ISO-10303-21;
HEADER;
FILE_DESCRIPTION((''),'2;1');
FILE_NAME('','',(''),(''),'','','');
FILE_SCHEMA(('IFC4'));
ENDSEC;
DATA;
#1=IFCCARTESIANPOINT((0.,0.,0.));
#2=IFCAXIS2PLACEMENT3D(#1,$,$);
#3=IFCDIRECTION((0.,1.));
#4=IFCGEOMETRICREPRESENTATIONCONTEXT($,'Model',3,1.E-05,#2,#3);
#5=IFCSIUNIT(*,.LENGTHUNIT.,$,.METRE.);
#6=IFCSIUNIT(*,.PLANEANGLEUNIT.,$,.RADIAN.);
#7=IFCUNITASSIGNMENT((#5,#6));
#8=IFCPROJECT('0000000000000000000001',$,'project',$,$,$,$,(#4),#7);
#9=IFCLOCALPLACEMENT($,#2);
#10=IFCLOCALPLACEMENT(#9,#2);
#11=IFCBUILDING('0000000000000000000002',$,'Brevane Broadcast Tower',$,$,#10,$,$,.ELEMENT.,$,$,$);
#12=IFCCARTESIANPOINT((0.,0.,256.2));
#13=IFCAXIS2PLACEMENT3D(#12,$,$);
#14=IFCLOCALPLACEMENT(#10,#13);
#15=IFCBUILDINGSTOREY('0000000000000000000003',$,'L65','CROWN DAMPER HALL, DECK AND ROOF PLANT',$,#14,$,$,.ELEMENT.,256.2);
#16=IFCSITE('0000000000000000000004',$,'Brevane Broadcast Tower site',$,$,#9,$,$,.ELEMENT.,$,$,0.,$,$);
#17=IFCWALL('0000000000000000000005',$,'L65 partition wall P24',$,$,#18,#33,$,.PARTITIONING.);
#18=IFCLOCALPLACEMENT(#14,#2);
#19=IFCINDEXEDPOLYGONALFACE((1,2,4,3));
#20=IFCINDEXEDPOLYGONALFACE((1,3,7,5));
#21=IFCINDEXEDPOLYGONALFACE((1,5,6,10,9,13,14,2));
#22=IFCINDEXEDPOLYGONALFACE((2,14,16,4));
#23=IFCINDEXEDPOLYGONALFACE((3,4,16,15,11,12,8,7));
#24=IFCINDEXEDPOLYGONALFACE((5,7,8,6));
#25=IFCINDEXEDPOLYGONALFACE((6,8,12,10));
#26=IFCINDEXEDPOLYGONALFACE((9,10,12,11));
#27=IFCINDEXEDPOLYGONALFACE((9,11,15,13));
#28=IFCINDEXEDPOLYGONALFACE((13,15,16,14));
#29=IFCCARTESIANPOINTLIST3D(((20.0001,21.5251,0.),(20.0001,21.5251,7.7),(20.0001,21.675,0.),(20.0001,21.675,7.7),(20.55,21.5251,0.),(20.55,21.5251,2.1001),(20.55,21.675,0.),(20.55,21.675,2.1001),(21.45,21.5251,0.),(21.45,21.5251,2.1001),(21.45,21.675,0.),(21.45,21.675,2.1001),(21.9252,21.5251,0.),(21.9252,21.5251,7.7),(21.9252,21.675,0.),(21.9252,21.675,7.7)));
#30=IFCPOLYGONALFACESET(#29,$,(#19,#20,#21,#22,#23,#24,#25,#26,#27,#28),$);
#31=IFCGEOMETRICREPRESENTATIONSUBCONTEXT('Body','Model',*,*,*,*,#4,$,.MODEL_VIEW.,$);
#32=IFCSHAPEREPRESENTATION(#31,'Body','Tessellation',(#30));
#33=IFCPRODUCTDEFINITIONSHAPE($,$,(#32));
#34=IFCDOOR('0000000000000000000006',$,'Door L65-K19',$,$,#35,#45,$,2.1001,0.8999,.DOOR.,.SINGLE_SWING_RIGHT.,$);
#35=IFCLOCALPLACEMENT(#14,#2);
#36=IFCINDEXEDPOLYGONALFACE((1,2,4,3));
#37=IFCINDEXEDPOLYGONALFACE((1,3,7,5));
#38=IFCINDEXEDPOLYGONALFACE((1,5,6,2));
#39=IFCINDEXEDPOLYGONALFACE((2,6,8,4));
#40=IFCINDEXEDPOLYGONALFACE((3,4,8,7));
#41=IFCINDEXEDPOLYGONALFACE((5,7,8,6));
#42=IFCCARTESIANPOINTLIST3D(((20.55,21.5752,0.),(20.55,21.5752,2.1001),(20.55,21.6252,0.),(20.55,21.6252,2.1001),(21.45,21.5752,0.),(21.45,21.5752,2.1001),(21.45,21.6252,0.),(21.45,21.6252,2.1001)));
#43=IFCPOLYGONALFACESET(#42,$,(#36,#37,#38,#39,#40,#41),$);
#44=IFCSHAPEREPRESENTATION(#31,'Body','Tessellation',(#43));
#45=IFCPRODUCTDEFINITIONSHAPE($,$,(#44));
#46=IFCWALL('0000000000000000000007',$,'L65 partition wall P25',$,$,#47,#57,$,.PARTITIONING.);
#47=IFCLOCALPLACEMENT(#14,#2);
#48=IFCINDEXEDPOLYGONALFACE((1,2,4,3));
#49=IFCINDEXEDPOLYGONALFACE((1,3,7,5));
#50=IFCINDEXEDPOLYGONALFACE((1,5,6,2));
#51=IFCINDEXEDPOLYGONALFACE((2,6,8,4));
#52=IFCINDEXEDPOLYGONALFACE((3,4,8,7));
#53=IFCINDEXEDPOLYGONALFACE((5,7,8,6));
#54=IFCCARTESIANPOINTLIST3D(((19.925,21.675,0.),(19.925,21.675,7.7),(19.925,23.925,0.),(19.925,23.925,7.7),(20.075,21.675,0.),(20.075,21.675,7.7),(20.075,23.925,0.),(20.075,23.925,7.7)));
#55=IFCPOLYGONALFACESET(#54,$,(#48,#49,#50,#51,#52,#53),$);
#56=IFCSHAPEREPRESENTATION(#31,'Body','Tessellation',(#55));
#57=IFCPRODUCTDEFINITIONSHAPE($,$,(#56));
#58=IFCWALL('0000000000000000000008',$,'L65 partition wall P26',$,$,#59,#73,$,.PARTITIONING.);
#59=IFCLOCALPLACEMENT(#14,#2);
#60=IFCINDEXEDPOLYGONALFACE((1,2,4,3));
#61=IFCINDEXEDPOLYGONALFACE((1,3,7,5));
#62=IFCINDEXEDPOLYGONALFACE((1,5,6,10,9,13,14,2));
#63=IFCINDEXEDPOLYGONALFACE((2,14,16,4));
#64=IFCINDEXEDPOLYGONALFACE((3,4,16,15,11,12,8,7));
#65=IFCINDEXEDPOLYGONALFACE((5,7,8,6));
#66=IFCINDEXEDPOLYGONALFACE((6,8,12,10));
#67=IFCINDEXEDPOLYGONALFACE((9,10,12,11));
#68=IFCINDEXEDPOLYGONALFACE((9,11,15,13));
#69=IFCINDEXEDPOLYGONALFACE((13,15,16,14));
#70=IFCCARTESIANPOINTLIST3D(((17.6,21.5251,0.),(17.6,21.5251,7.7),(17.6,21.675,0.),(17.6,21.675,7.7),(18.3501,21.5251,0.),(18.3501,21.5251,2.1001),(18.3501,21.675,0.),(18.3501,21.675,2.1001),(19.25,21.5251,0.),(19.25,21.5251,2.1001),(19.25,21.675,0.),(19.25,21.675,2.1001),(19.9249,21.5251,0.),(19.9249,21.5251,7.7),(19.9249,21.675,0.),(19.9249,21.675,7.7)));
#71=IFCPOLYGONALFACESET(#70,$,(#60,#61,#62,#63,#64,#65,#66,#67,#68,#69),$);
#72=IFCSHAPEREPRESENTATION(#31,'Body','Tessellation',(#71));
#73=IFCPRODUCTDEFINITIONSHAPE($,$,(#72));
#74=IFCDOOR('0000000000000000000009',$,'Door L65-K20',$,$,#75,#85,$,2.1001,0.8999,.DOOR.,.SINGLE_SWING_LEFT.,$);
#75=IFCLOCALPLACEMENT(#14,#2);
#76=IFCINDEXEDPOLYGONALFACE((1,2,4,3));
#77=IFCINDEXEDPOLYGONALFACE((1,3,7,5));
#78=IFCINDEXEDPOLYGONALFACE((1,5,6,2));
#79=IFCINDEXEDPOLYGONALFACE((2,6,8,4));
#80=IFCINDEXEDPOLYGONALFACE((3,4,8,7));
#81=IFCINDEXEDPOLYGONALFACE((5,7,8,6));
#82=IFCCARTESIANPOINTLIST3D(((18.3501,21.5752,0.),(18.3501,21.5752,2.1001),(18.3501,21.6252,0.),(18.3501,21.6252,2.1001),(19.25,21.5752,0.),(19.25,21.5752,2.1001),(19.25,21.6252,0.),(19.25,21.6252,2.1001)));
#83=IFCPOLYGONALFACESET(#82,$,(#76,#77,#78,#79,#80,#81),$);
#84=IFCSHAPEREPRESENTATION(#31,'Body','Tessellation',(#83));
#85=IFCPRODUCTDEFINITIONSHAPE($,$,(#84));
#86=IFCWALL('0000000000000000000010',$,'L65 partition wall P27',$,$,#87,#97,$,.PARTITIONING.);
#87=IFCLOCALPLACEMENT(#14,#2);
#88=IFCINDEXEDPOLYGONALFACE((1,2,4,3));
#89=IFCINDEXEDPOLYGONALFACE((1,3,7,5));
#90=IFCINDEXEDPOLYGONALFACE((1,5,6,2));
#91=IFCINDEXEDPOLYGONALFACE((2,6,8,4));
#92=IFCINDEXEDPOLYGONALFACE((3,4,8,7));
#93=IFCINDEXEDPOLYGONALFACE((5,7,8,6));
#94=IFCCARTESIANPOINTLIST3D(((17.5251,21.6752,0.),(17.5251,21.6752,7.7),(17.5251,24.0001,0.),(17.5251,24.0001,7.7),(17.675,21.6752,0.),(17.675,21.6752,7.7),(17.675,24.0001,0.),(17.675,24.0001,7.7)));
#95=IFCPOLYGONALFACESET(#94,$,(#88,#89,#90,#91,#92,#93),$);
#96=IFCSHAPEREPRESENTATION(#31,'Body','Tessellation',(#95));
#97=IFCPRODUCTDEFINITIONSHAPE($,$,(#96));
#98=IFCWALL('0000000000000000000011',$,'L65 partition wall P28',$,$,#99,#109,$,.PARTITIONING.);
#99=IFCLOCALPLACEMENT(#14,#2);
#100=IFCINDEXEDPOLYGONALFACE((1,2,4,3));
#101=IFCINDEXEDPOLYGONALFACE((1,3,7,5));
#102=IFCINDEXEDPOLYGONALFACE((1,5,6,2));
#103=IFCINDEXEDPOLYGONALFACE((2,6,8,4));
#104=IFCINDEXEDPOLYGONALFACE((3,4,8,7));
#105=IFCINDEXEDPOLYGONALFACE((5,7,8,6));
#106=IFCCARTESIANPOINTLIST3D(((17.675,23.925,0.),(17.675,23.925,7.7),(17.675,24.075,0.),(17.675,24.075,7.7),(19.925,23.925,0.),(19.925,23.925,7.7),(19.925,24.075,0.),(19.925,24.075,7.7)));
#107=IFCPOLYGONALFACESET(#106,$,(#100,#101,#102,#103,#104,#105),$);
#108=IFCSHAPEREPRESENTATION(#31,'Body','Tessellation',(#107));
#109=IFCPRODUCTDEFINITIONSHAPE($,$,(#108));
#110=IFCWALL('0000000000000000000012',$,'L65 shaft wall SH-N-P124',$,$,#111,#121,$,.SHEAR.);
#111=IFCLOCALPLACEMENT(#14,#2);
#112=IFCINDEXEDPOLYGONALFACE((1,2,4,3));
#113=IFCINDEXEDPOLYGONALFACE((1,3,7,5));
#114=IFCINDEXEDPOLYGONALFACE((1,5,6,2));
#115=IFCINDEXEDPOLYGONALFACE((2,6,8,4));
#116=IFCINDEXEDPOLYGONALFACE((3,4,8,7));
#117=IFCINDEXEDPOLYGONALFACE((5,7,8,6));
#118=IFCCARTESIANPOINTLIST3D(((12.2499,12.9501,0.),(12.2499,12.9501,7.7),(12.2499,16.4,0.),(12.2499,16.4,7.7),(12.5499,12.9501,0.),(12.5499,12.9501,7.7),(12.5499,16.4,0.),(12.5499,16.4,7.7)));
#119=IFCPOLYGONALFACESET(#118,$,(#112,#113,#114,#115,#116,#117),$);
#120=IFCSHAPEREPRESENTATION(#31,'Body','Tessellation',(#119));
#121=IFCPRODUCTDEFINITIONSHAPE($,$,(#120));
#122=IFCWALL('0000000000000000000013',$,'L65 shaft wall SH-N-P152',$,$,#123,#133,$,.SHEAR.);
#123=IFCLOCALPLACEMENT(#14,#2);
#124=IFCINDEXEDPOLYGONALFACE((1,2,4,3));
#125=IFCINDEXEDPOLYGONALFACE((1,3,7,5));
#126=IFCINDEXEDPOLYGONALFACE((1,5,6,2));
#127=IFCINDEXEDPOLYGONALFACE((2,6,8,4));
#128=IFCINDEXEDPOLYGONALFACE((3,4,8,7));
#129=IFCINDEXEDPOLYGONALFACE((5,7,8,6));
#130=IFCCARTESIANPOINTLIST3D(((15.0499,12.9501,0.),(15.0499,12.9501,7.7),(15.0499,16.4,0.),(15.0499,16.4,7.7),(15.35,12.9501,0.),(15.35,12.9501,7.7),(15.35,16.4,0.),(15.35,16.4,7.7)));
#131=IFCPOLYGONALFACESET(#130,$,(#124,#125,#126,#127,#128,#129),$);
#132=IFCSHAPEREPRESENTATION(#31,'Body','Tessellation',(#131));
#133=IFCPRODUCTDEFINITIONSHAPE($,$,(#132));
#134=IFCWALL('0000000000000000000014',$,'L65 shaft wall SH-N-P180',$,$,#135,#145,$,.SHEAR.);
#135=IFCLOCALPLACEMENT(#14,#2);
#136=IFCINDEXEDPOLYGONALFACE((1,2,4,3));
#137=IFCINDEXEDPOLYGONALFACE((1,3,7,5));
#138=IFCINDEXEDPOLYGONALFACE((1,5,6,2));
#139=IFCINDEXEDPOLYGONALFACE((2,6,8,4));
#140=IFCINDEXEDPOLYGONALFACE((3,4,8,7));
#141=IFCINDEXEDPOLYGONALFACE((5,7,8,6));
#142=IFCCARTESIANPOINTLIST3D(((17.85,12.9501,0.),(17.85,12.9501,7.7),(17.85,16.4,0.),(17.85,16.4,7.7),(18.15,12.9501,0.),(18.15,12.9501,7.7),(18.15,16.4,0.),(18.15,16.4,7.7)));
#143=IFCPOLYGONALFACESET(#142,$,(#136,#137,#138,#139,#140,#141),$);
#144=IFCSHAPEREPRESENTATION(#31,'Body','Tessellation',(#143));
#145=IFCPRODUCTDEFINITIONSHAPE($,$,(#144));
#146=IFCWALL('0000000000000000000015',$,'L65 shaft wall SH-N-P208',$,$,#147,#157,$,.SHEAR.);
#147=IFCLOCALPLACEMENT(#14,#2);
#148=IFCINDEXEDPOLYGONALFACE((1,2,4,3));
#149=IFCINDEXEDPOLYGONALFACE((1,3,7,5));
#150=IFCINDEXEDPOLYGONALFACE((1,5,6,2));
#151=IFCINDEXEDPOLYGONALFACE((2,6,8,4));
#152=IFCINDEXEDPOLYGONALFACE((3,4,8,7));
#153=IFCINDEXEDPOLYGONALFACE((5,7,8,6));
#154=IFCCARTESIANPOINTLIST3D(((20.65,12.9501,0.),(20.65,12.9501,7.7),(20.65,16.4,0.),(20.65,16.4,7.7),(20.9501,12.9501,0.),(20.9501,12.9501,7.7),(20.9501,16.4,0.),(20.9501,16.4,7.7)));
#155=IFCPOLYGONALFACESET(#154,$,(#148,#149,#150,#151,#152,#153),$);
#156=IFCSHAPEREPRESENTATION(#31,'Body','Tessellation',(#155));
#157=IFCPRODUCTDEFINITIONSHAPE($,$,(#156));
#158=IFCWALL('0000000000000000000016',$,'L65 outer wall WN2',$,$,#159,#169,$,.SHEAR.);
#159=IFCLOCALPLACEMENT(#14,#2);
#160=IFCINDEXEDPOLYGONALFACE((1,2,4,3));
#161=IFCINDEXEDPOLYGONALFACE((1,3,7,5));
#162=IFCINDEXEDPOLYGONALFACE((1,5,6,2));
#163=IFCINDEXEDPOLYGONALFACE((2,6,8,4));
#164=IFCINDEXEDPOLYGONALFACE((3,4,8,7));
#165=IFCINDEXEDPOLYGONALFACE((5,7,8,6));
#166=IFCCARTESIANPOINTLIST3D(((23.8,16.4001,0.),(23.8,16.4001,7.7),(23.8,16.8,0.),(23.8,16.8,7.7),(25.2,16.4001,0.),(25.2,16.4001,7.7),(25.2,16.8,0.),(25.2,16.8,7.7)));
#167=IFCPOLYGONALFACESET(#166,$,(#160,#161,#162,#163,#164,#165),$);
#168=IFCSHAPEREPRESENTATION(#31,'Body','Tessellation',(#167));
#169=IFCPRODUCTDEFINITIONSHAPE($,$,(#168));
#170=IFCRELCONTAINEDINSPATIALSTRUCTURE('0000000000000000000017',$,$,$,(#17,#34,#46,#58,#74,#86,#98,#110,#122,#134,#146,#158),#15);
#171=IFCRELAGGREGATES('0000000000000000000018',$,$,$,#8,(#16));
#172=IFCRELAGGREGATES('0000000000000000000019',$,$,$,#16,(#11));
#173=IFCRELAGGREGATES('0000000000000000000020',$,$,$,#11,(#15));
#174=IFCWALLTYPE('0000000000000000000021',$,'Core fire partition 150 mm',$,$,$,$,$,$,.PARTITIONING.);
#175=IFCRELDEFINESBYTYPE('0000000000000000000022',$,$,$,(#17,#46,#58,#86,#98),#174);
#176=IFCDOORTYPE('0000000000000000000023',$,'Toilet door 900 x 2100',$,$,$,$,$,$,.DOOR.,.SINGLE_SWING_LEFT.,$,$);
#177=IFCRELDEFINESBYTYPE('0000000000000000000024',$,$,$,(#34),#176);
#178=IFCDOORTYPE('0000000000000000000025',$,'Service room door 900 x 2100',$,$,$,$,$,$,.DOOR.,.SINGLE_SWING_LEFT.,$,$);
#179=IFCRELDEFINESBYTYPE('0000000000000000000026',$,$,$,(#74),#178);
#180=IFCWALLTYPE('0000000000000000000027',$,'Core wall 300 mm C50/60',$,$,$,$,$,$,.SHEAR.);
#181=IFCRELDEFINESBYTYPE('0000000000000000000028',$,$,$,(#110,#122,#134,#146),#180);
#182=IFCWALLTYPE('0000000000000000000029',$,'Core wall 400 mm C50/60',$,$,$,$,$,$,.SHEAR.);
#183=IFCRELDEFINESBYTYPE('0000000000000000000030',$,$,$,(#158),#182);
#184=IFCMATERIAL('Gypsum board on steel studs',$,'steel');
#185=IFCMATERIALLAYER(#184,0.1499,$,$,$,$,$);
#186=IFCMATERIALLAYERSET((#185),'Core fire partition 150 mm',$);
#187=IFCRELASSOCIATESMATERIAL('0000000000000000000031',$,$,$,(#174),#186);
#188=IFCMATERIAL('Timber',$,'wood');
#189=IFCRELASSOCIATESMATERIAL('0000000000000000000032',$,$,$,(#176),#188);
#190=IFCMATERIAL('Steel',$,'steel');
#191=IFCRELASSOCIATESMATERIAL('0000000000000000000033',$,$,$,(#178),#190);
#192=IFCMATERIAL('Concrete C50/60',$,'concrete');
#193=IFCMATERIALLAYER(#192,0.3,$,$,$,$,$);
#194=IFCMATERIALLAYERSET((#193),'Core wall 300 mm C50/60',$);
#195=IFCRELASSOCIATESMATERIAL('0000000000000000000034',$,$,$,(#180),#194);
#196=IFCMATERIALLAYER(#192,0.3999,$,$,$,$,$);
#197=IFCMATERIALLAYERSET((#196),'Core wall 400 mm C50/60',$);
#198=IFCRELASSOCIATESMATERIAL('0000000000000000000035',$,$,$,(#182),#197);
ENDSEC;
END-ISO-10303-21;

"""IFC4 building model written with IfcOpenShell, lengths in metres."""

from ifc_helpers import new_model, si_unit, direction, frame, frame_2d, origin, place, context, subcontext, project, spatial, rectangle, extrude, material, layer, layer_set, type_object, element, fill, save


model = new_model("IFC4")

# Units and contexts
model_context = context("Model", 3, precision=1e-05, world=origin(), true_north=direction((0.0, 1.0)))
body_context = subcontext(model_context, "Body", "Model", "MODEL_VIEW")
ifc_project = project(units=[si_unit("LENGTHUNIT", "METRE"), si_unit("PLANEANGLEUNIT", "RADIAN")], contexts=[model_context])

# Site, building, storey
site_placement = place(None, origin())
site = spatial("IfcSite", under=ifc_project, at=site_placement, Name="Brevane Broadcast Tower site", CompositionType="ELEMENT", RefElevation=0.0)
building_placement = place(site_placement, origin())
building = spatial("IfcBuilding", under=site, at=building_placement, Name="Brevane Broadcast Tower", CompositionType="ELEMENT")
storey_placement = place(building_placement, frame((0.0, 0.0, 256.2)))
storey = spatial("IfcBuildingStorey", under=building, at=storey_placement, Name="L65", Description="CROWN DAMPER HALL, DECK AND ROOF PLANT", CompositionType="ELEMENT", Elevation=256.2)

# Shared definitions
ifc_material_1 = material(Name="Gypsum board on steel studs", Category="steel")
ifc_layer_1 = layer(ifc_material_1, 0.1499)
ifc_layer_set_1 = layer_set([ifc_layer_1], Name="Core fire partition 150 mm")
wall_type_1 = type_object("IfcWallType", Name="Core fire partition 150 mm", PredefinedType="PARTITIONING", material=ifc_layer_set_1)

# Wall, opening, door
wall_1_placement = place(storey_placement, frame((21.925, 21.6001, 0.0), z_axis=(0.0, 0.0, 1.0), x_axis=(-1.0, 0.0, 0.0)))
wall_1 = element("IfcWall", 1, at=wall_1_placement, inside=storey, type_object=wall_type_1, Name="L65 partition wall P24", PredefinedType="PARTITIONING", context=body_context, shape_type="SweptSolid", body=[
    extrude(rectangle(XDim=1.925, YDim=0.1499, at=frame_2d((0.9624, 0.0))), origin(), (0.0, 0.0, 1.0), 7.7),
])
opening_1_placement = place(wall_1_placement, frame((0.4751, 0.0, 0.0)))
opening_1 = element("IfcOpeningElement", 2, at=opening_1_placement, cuts=wall_1, PredefinedType="OPENING", context=body_context, shape_type="SweptSolid", body=[
    extrude(rectangle(XDim=0.8999, YDim=2.1001, at=frame_2d((0.45, 1.05))), frame((0.0, 0.085, 0.0), z_axis=(0.0, -1.0, 0.0), x_axis=(1.0, 0.0, 0.0)), (0.0, 0.0, 1.0), 0.1699),
])
ifc_material_2 = material(Name="Timber", Category="wood")
door_type_1 = type_object("IfcDoorType", Name="Toilet door 900 x 2100", OperationType="SINGLE_SWING_LEFT", PredefinedType="DOOR", material=ifc_material_2)
door_1_placement = place(opening_1_placement, origin())
door_1 = element("IfcDoor", 3, at=door_1_placement, inside=storey, type_object=door_type_1, Name="Door L65-K19", OperationType="SINGLE_SWING_RIGHT", OverallHeight=2.1001, OverallWidth=0.8999, PredefinedType="DOOR", context=body_context, shape_type="SweptSolid", body=[
    extrude(rectangle(XDim=0.8999, YDim=2.1001, at=frame_2d((0.45, 1.05))), frame((0.0, 0.0249, 0.0), z_axis=(0.0, -1.0, 0.0), x_axis=(1.0, 0.0, 0.0)), (0.0, 0.0, 1.0), 0.05),
])
fill(opening_1, door_1)

# Wall
wall_2_placement = place(storey_placement, frame((20.0, 21.675, 0.0), z_axis=(0.0, 0.0, 1.0), x_axis=(0.0, 1.0, 0.0)))
element("IfcWall", 4, at=wall_2_placement, inside=storey, type_object=wall_type_1, Name="L65 partition wall P25", PredefinedType="PARTITIONING", context=body_context, shape_type="SweptSolid", body=[
    extrude(rectangle(XDim=2.25, YDim=0.1499, at=frame_2d((1.125, 0.0))), origin(), (0.0, 0.0, 1.0), 7.7),
])

# Wall, opening, door
wall_3_placement = place(storey_placement, frame((19.925, 21.6001, 0.0), z_axis=(0.0, 0.0, 1.0), x_axis=(-1.0, 0.0, 0.0)))
wall_3 = element("IfcWall", 5, at=wall_3_placement, inside=storey, type_object=wall_type_1, Name="L65 partition wall P26", PredefinedType="PARTITIONING", context=body_context, shape_type="SweptSolid", body=[
    extrude(rectangle(XDim=2.325, YDim=0.1499, at=frame_2d((1.1626, 0.0))), origin(), (0.0, 0.0, 1.0), 7.7),
])
opening_2_placement = place(wall_3_placement, frame((0.675, 0.0, 0.0)))
opening_2 = element("IfcOpeningElement", 6, at=opening_2_placement, cuts=wall_3, PredefinedType="OPENING", context=body_context, shape_type="SweptSolid", body=[
    extrude(rectangle(XDim=0.8999, YDim=2.1001, at=frame_2d((0.45, 1.05))), frame((0.0, 0.085, 0.0), z_axis=(0.0, -1.0, 0.0), x_axis=(1.0, 0.0, 0.0)), (0.0, 0.0, 1.0), 0.1699),
])
ifc_material_3 = material(Name="Steel", Category="steel")
door_type_2 = type_object("IfcDoorType", Name="Service room door 900 x 2100", OperationType="SINGLE_SWING_LEFT", PredefinedType="DOOR", material=ifc_material_3)
door_2_placement = place(opening_2_placement, origin())
door_2 = element("IfcDoor", 7, at=door_2_placement, inside=storey, type_object=door_type_2, Name="Door L65-K20", OperationType="SINGLE_SWING_LEFT", OverallHeight=2.1001, OverallWidth=0.8999, PredefinedType="DOOR", context=body_context, shape_type="SweptSolid", body=[
    extrude(rectangle(XDim=0.8999, YDim=2.1001, at=frame_2d((0.45, 1.05))), frame((0.0, 0.0249, 0.0), z_axis=(0.0, -1.0, 0.0), x_axis=(1.0, 0.0, 0.0)), (0.0, 0.0, 1.0), 0.05),
])
fill(opening_2, door_2)

# Walls
wall_4_placement = place(storey_placement, frame((17.6001, 21.675, 0.0), z_axis=(0.0, 0.0, 1.0), x_axis=(0.0, 1.0, 0.0)))
element("IfcWall", 8, at=wall_4_placement, inside=storey, type_object=wall_type_1, Name="L65 partition wall P27", PredefinedType="PARTITIONING", context=body_context, shape_type="SweptSolid", body=[
    extrude(rectangle(XDim=2.325, YDim=0.1499, at=frame_2d((1.1626, 0.0))), origin(), (0.0, 0.0, 1.0), 7.7),
])
wall_5_placement = place(storey_placement, frame((17.675, 24.0, 0.0), z_axis=(0.0, 0.0, 1.0), x_axis=(1.0, 0.0, 0.0)))
element("IfcWall", 9, at=wall_5_placement, inside=storey, type_object=wall_type_1, Name="L65 partition wall P28", PredefinedType="PARTITIONING", context=body_context, shape_type="SweptSolid", body=[
    extrude(rectangle(XDim=2.25, YDim=0.1499, at=frame_2d((1.125, 0.0))), origin(), (0.0, 0.0, 1.0), 7.7),
])
ifc_material_4 = material(Name="Concrete C50/60", Category="concrete")
ifc_layer_2 = layer(ifc_material_4, 0.3)
ifc_layer_set_2 = layer_set([ifc_layer_2], Name="Core wall 300 mm C50/60")
wall_type_2 = type_object("IfcWallType", Name="Core wall 300 mm C50/60", PredefinedType="SHEAR", material=ifc_layer_set_2)
for number, where, z_axis, x_axis, name in (
    (10, (12.3999, 12.95, 0.0), (0.0, 0.0, 1.0), (0.0, 1.0, 0.0), "L65 shaft wall SH-N-P124"),
    (11, (15.2, 12.95, 0.0), (0.0, 0.0, 1.0), (0.0, 1.0, 0.0), "L65 shaft wall SH-N-P152"),
    (12, (18.0, 12.95, 0.0), (0.0, 0.0, 1.0), (0.0, 1.0, 0.0), "L65 shaft wall SH-N-P180"),
    (13, (20.8, 12.95, 0.0), (0.0, 0.0, 1.0), (0.0, 1.0, 0.0), "L65 shaft wall SH-N-P208"),
):
    element("IfcWall", number, at=place(storey_placement, frame(where, z_axis=z_axis, x_axis=x_axis)), inside=storey, type_object=wall_type_2, Name=name, PredefinedType="SHEAR", context=body_context, shape_type="SweptSolid", body=[
        extrude(rectangle(XDim=3.45, YDim=0.3, at=frame_2d((1.7251, 0.0))), origin(), (0.0, 0.0, 1.0), 7.7),
    ])
ifc_layer_3 = layer(ifc_material_4, 0.3999)
ifc_layer_set_3 = layer_set([ifc_layer_3], Name="Core wall 400 mm C50/60")
wall_type_3 = type_object("IfcWallType", Name="Core wall 400 mm C50/60", PredefinedType="SHEAR", material=ifc_layer_set_3)
wall_6_placement = place(storey_placement, frame((23.8, 16.6001, 0.0), z_axis=(0.0, 0.0, 1.0), x_axis=(1.0, 0.0, 0.0)))
element("IfcWall", 14, at=wall_6_placement, inside=storey, type_object=wall_type_3, Name="L65 outer wall WN2", PredefinedType="SHEAR", context=body_context, shape_type="SweptSolid", body=[
    extrude(rectangle(XDim=1.3999, YDim=0.3999, at=frame_2d((0.7, 0.0))), origin(), (0.0, 0.0, 1.0), 7.7),
])

save(model, "model.ifc")
